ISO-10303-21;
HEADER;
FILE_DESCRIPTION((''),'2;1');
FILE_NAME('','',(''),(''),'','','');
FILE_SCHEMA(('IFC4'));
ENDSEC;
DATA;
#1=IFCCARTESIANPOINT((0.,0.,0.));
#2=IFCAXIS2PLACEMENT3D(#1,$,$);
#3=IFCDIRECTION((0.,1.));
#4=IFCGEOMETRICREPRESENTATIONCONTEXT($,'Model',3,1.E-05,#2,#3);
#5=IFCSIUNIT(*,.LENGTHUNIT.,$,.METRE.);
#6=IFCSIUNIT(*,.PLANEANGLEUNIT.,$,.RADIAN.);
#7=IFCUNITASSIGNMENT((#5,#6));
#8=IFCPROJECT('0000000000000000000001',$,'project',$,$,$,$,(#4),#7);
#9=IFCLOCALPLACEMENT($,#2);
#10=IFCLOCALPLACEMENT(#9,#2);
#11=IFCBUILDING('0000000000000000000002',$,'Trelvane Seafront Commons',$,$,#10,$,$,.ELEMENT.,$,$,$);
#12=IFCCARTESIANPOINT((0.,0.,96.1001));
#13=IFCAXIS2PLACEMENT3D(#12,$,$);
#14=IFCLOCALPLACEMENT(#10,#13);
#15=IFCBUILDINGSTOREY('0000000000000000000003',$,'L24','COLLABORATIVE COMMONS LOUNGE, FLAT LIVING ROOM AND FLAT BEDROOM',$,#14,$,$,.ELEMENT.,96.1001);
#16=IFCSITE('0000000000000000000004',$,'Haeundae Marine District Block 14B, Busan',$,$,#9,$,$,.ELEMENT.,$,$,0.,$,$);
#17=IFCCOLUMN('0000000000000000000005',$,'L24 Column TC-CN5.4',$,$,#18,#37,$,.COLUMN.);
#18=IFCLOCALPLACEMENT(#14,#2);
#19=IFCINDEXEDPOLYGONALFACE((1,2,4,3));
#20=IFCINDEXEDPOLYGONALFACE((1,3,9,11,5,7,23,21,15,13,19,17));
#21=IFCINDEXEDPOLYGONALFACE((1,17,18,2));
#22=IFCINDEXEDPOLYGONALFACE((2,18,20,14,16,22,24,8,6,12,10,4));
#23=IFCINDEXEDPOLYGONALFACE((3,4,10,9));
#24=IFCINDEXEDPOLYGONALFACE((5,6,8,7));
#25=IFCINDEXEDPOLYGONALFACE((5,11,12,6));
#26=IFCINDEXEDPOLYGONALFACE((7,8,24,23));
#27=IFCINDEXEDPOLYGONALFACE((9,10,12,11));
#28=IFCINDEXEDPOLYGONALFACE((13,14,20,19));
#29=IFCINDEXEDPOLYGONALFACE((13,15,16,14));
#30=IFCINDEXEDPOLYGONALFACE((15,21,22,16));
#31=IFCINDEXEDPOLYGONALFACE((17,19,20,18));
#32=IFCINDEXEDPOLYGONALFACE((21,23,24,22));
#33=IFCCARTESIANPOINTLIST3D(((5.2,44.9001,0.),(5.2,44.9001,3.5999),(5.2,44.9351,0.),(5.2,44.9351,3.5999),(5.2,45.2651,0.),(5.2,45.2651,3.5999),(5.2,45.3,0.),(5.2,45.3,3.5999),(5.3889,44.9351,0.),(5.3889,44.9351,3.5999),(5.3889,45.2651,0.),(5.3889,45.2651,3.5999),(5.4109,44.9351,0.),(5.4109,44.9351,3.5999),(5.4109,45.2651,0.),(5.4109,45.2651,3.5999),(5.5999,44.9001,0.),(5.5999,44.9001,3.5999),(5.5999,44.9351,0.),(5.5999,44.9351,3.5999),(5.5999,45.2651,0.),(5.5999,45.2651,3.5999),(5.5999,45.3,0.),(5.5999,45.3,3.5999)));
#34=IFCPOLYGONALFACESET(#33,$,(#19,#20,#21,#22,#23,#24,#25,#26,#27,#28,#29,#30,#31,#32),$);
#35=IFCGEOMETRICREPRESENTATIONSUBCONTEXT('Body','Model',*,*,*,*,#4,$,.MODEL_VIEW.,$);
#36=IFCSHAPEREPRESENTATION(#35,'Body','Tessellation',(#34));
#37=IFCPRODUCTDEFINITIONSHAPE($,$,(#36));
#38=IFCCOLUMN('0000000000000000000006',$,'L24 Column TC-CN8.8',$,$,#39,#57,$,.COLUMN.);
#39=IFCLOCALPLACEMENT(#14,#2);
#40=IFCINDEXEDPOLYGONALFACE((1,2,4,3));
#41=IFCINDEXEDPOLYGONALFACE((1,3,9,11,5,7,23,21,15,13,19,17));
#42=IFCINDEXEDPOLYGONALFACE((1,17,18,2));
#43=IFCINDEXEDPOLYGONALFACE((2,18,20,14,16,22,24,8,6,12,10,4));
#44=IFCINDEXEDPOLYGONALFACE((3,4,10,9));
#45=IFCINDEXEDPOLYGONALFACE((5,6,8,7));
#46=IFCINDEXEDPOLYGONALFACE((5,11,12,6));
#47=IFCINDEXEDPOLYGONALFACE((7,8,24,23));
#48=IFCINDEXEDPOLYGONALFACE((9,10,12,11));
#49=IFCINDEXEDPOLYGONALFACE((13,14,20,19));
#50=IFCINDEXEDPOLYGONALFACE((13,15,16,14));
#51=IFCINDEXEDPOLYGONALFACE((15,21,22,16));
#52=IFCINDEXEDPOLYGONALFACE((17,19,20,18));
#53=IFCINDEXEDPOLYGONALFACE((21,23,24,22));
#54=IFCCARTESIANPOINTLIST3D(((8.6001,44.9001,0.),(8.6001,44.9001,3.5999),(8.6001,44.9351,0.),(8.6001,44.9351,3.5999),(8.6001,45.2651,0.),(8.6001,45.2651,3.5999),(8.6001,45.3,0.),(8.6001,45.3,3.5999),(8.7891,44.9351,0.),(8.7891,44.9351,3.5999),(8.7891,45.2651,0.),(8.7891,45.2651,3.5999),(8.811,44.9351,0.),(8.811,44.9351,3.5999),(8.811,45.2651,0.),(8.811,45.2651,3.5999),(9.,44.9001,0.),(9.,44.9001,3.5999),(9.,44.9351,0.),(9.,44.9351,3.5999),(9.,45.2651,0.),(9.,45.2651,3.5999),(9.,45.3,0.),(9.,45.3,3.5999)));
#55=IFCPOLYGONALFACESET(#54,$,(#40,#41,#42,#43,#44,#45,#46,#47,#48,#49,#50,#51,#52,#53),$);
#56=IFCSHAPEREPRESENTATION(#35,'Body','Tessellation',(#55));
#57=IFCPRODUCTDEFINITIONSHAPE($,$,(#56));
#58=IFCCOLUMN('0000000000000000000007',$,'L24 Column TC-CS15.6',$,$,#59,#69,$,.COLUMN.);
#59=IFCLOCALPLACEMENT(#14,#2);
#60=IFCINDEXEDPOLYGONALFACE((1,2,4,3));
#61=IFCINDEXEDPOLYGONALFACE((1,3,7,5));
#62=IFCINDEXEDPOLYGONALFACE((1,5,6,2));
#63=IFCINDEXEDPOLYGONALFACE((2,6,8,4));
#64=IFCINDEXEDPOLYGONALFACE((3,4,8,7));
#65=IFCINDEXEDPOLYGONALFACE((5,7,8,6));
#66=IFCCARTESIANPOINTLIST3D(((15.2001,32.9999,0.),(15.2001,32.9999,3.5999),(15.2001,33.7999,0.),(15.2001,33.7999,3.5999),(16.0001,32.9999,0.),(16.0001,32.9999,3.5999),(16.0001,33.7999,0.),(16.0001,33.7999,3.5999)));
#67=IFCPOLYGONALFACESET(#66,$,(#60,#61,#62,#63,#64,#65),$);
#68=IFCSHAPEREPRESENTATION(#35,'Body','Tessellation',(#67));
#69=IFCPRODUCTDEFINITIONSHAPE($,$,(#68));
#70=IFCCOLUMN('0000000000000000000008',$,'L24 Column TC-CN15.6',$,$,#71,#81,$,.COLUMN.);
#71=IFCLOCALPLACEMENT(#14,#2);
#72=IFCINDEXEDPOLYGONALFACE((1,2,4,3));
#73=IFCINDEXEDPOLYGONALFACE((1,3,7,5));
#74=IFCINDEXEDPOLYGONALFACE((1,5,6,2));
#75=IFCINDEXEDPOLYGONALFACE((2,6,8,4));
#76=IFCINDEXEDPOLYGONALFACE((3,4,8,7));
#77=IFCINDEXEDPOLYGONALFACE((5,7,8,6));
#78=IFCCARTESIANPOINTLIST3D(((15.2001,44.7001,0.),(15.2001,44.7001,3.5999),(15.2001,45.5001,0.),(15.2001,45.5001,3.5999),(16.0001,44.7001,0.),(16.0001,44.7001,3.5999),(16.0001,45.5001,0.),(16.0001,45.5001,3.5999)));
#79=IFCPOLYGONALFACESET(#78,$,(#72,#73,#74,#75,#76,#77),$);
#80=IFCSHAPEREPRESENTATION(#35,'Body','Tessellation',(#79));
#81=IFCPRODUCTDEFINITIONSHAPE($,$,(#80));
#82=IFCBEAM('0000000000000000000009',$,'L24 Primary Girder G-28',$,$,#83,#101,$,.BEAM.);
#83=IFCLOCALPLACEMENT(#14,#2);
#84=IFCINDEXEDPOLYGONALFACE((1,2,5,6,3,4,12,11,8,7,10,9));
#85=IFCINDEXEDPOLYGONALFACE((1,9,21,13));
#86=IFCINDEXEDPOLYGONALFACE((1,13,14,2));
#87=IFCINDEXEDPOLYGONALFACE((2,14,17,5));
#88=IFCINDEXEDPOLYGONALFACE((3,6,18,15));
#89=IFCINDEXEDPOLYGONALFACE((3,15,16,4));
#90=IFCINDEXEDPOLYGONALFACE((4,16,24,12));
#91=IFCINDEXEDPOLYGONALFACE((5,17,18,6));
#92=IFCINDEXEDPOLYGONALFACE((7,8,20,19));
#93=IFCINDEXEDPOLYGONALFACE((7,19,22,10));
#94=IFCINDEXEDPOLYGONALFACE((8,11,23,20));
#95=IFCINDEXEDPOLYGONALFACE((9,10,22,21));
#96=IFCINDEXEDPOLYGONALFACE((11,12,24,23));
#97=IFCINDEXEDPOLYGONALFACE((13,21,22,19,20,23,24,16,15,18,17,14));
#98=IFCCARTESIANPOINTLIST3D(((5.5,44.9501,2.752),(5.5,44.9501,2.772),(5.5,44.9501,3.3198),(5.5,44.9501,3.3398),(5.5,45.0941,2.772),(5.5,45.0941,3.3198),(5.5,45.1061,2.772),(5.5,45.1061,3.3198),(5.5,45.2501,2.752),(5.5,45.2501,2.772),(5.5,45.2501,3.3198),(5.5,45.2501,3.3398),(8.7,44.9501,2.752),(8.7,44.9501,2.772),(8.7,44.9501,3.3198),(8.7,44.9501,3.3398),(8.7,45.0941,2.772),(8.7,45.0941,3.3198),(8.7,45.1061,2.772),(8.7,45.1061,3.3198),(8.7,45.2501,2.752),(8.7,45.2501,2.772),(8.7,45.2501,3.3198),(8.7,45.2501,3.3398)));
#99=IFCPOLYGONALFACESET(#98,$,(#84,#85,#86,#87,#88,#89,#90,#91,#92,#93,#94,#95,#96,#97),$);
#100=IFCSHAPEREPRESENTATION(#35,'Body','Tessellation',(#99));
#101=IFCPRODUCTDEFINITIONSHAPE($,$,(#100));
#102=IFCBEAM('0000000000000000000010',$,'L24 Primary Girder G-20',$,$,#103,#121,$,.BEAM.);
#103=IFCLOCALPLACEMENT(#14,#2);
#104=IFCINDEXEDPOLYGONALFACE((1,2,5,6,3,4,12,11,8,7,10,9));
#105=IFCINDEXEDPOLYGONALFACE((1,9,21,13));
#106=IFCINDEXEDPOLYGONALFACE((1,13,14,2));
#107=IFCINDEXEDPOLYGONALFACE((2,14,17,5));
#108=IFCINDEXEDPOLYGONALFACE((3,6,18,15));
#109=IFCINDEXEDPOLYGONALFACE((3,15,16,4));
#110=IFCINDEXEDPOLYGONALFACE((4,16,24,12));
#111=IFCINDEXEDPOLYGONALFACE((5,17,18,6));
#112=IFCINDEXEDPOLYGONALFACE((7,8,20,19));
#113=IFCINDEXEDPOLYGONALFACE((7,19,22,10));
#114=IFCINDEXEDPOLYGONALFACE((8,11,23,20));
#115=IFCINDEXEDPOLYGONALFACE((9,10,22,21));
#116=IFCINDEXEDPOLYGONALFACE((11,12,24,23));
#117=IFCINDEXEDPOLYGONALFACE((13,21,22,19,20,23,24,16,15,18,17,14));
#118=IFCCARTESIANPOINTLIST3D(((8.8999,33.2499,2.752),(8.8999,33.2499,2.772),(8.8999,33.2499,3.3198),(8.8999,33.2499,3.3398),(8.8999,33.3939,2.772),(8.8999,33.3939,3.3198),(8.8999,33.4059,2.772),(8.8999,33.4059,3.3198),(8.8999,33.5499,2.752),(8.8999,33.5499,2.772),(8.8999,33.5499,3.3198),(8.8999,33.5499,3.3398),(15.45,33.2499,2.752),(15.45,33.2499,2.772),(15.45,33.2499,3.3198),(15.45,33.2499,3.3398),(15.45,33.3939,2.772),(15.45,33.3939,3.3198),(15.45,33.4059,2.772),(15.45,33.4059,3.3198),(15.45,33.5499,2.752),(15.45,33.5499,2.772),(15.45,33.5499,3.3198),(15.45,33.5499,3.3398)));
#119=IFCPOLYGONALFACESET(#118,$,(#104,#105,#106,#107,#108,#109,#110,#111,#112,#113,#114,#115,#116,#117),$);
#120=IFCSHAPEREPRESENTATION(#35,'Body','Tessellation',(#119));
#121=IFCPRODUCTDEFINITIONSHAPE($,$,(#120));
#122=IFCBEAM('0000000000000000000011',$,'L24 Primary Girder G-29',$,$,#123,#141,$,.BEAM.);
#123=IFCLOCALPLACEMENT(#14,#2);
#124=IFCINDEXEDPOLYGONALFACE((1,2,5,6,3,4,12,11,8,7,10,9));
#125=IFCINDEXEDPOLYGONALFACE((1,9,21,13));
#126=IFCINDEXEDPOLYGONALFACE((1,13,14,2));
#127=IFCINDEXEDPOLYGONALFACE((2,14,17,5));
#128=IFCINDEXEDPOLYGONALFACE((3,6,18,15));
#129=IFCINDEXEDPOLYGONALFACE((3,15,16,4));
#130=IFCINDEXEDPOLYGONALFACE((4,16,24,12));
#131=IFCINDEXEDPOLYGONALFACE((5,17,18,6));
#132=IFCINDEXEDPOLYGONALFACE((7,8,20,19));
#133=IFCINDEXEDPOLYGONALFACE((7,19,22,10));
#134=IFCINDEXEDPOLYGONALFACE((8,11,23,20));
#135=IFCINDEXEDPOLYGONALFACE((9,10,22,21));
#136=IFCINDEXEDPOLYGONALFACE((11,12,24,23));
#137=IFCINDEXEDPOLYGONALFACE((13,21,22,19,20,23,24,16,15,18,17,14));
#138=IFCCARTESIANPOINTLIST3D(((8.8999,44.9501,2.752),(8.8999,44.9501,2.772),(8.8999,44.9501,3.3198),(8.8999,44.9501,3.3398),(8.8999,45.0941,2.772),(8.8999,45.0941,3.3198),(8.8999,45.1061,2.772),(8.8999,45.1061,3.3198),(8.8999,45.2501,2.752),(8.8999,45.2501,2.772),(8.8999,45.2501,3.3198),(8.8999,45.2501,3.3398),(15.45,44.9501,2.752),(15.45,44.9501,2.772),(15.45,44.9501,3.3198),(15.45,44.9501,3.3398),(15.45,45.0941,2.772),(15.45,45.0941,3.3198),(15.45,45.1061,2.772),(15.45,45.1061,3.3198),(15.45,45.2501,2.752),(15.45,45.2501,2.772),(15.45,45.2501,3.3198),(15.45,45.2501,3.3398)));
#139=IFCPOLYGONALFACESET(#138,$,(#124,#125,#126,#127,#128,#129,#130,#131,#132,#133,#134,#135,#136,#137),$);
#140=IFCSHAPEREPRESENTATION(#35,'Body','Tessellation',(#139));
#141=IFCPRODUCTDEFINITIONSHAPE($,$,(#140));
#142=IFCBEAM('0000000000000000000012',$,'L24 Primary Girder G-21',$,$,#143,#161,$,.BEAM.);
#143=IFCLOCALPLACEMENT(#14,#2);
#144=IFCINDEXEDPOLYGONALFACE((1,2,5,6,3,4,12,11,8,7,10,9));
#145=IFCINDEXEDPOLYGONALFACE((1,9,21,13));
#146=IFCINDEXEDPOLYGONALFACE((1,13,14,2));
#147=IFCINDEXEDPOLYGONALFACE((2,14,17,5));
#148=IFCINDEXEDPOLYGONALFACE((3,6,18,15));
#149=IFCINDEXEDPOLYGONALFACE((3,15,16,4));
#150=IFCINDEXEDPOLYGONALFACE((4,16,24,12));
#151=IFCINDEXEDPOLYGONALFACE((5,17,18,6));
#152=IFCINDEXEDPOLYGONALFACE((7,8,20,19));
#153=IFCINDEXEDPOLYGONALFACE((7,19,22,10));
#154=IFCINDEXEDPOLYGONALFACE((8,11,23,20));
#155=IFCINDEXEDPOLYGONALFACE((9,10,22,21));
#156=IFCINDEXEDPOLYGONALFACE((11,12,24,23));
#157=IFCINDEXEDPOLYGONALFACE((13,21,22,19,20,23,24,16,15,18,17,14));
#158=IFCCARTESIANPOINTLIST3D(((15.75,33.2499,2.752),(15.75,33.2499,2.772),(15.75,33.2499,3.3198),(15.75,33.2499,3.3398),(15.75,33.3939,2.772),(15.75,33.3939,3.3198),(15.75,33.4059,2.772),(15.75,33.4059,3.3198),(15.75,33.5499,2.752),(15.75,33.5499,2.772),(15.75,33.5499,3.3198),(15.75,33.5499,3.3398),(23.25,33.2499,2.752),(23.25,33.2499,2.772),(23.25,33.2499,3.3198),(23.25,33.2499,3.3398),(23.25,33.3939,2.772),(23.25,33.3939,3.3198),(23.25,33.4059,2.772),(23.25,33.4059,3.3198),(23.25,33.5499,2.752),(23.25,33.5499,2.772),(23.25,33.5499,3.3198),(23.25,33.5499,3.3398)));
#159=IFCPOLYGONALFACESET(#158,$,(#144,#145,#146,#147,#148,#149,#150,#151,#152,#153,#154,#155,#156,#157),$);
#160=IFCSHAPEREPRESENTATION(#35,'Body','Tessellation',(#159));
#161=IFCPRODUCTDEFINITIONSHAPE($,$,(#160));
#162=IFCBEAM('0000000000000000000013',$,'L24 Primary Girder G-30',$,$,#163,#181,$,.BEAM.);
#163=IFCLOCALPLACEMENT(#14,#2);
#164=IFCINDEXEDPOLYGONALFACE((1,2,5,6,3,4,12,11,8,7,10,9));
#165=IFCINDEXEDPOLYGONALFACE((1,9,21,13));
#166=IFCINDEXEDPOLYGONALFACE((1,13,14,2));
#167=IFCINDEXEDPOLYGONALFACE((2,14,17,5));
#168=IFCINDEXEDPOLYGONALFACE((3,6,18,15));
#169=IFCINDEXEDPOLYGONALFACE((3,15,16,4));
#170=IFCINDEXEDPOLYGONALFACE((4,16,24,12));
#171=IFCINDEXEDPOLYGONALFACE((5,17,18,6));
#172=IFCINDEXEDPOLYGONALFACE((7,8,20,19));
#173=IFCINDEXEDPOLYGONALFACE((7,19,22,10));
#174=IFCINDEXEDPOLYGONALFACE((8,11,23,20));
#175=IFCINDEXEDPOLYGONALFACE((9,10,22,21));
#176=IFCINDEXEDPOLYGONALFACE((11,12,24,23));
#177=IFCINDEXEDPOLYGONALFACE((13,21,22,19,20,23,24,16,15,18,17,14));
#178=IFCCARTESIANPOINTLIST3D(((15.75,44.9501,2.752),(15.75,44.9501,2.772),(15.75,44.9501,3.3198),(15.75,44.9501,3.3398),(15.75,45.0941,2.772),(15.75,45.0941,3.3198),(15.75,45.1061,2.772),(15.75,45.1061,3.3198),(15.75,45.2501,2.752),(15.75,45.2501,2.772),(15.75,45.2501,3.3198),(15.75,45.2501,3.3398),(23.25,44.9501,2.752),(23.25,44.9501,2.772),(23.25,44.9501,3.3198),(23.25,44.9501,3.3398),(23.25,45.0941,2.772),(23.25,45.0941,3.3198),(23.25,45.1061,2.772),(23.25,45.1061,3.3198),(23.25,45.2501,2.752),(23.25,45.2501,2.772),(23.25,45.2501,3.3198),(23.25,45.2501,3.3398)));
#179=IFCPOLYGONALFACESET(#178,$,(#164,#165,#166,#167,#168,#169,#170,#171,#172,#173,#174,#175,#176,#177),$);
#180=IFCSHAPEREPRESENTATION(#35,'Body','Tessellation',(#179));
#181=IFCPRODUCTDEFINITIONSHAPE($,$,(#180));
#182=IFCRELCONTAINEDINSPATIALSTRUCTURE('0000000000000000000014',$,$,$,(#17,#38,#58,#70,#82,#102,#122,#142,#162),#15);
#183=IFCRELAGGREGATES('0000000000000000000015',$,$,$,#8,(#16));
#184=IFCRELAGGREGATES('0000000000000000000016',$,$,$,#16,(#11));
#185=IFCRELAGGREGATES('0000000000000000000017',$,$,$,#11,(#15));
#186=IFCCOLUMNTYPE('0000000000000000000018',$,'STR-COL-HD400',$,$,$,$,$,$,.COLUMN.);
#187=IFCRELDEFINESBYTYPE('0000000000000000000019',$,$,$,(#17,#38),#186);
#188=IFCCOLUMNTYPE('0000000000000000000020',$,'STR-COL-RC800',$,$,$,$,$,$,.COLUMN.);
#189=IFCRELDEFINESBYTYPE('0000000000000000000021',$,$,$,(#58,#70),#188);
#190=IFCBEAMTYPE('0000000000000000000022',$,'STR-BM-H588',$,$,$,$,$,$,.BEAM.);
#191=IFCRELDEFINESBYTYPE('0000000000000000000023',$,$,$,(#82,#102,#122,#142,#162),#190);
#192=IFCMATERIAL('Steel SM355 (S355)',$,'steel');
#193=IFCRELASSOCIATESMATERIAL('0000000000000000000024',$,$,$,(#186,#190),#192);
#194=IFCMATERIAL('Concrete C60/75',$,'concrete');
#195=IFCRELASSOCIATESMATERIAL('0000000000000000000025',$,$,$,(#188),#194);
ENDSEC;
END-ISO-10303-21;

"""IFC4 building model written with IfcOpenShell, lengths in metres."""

from ifc_helpers import new_model, si_unit, direction, frame, origin, origin_2d, place, context, subcontext, project, spatial, rectangle, i_section, extrude, source, transform, mapped, material, material_profile, profile_set, type_object, element, save


model = new_model("IFC4")

# Units and contexts
model_context = context("Model", 3, precision=1e-05, world=origin(), true_north=direction((0.0, 1.0)))
body_context = subcontext(model_context, "Body", "Model", "MODEL_VIEW")
ifc_project = project(units=[si_unit("LENGTHUNIT", "METRE"), si_unit("PLANEANGLEUNIT", "RADIAN")], contexts=[model_context])

# Site, building, storey
site_placement = place(None, origin())
site = spatial("IfcSite", under=ifc_project, at=site_placement, Name="Haeundae Marine District Block 14B, Busan", CompositionType="ELEMENT", RefElevation=0.0)
building_placement = place(site_placement, origin())
building = spatial("IfcBuilding", under=site, at=building_placement, Name="Trelvane Seafront Commons", CompositionType="ELEMENT")
storey_placement = place(building_placement, frame((0.0, 0.0, 96.1001)))
storey = spatial("IfcBuildingStorey", under=building, at=storey_placement, Name="L24", Description="COLLABORATIVE COMMONS LOUNGE, FLAT LIVING ROOM AND FLAT BEDROOM", CompositionType="ELEMENT", Elevation=96.1001)

# Columns
ifc_material_1 = material(Name="Steel SM355 (S355)", Category="steel")
ifc_material_profile_1 = material_profile(ifc_material_1, i_section(OverallWidth=0.3999, OverallDepth=0.3999, WebThickness=0.022, FlangeThickness=0.0349, at=origin_2d()), Name="HD-400x400x22x35")
ifc_profile_set_1 = profile_set([ifc_material_profile_1], Name="Steel SM355 (S355)")
column_type_1 = type_object("IfcColumnType", Name="STR-COL-HD400", PredefinedType="COLUMN", material=ifc_profile_set_1)
shared_shape_1 = source(origin(), body_context, "Body", "SweptSolid", [
    extrude(i_section(OverallWidth=0.3999, OverallDepth=0.3999, WebThickness=0.022, FlangeThickness=0.0349, at=origin_2d()), origin(), (0.0, 0.0, 1.0), 3.5999),
])
for number, where, z_axis, x_axis, name in (
    (1, (5.3999, 45.1001, 0.0), (0.0, 0.0, 1.0), (1.0, 0.0, 0.0), "L24 Column TC-CN5.4"),
    (2, (8.8, 45.1001, 0.0), (0.0, 0.0, 1.0), (1.0, 0.0, 0.0), "L24 Column TC-CN8.8"),
):
    element("IfcColumn", number, at=place(storey_placement, frame(where, z_axis=z_axis, x_axis=x_axis)), inside=storey, type_object=column_type_1, Name=name, PredefinedType="COLUMN", context=body_context, shape_type="MappedRepresentation", body=[
        mapped(shared_shape_1, transform((0.0, 0.0, 0.0), x_axis=(1.0, 0.0, 0.0), y_axis=(0.0, 1.0, 0.0), z_axis=(0.0, 0.0, 1.0), scale=1.0)),
    ])
ifc_material_2 = material(Name="Concrete C60/75", Category="concrete")
ifc_material_profile_2 = material_profile(ifc_material_2, rectangle(XDim=0.8, YDim=0.8, at=origin_2d()), Name="RC-800x800")
ifc_profile_set_2 = profile_set([ifc_material_profile_2], Name="Concrete C60/75")
column_type_2 = type_object("IfcColumnType", Name="STR-COL-RC800", PredefinedType="COLUMN", material=ifc_profile_set_2)
shared_shape_2 = source(origin(), body_context, "Body", "SweptSolid", [
    extrude(rectangle(XDim=0.8, YDim=0.8, at=origin_2d()), origin(), (0.0, 0.0, 1.0), 3.5999),
])
for number, where, z_axis, x_axis, name in (
    (3, (15.6001, 33.3999, 0.0), (0.0, 0.0, 1.0), (1.0, 0.0, 0.0), "L24 Column TC-CS15.6"),
    (4, (15.6001, 45.1001, 0.0), (0.0, 0.0, 1.0), (1.0, 0.0, 0.0), "L24 Column TC-CN15.6"),
):
    element("IfcColumn", number, at=place(storey_placement, frame(where, z_axis=z_axis, x_axis=x_axis)), inside=storey, type_object=column_type_2, Name=name, PredefinedType="COLUMN", context=body_context, shape_type="MappedRepresentation", body=[
        mapped(shared_shape_2, transform((0.0, 0.0, 0.0), x_axis=(1.0, 0.0, 0.0), y_axis=(0.0, 1.0, 0.0), z_axis=(0.0, 0.0, 1.0), scale=1.0)),
    ])

# Beams
ifc_material_profile_3 = material_profile(ifc_material_1, i_section(OverallWidth=0.3, OverallDepth=0.5879, WebThickness=0.012, FlangeThickness=0.02, at=origin_2d()), Name="H-588x300x12x20")
ifc_profile_set_3 = profile_set([ifc_material_profile_3], Name="Steel SM355 (S355)")
beam_type_1 = type_object("IfcBeamType", Name="STR-BM-H588", PredefinedType="BEAM", material=ifc_profile_set_3)
shared_shape_3 = source(origin(), body_context, "Body", "SweptSolid", [
    extrude(i_section(OverallWidth=0.3, OverallDepth=0.5879, WebThickness=0.012, FlangeThickness=0.02, at=origin_2d()), origin(), (0.0, 0.0, 1.0), 3.2),
])
beam_1_placement = place(storey_placement, frame((5.5, 45.1001, 3.0459), z_axis=(1.0, 0.0, 0.0), x_axis=(0.0, 1.0, 0.0)))
element("IfcBeam", 5, at=beam_1_placement, inside=storey, type_object=beam_type_1, Name="L24 Primary Girder G-28", PredefinedType="BEAM", context=body_context, shape_type="MappedRepresentation", body=[
    mapped(shared_shape_3, transform((0.0, 0.0, 0.0), x_axis=(1.0, 0.0, 0.0), y_axis=(0.0, 1.0, 0.0), z_axis=(0.0, 0.0, 1.0), scale=1.0)),
])
shared_shape_4 = source(origin(), body_context, "Body", "SweptSolid", [
    extrude(i_section(OverallWidth=0.3, OverallDepth=0.5879, WebThickness=0.012, FlangeThickness=0.02, at=origin_2d()), origin(), (0.0, 0.0, 1.0), 6.55),
])
for number, where, z_axis, x_axis, name in (
    (6, (8.8999, 33.3999, 3.0459), (1.0, 0.0, 0.0), (0.0, 1.0, 0.0), "L24 Primary Girder G-20"),
    (7, (8.8999, 45.1001, 3.0459), (1.0, 0.0, 0.0), (0.0, 1.0, 0.0), "L24 Primary Girder G-29"),
):
    element("IfcBeam", number, at=place(storey_placement, frame(where, z_axis=z_axis, x_axis=x_axis)), inside=storey, type_object=beam_type_1, Name=name, PredefinedType="BEAM", context=body_context, shape_type="MappedRepresentation", body=[
        mapped(shared_shape_4, transform((0.0, 0.0, 0.0), x_axis=(1.0, 0.0, 0.0), y_axis=(0.0, 1.0, 0.0), z_axis=(0.0, 0.0, 1.0), scale=1.0)),
    ])
shared_shape_5 = source(origin(), body_context, "Body", "SweptSolid", [
    extrude(i_section(OverallWidth=0.3, OverallDepth=0.5879, WebThickness=0.012, FlangeThickness=0.02, at=origin_2d()), origin(), (0.0, 0.0, 1.0), 7.5),
])
for number, where, z_axis, x_axis, name in (
    (8, (15.75, 33.3999, 3.0459), (1.0, 0.0, 0.0), (0.0, 1.0, 0.0), "L24 Primary Girder G-21"),
    (9, (15.75, 45.1001, 3.0459), (1.0, 0.0, 0.0), (0.0, 1.0, 0.0), "L24 Primary Girder G-30"),
):
    element("IfcBeam", number, at=place(storey_placement, frame(where, z_axis=z_axis, x_axis=x_axis)), inside=storey, type_object=beam_type_1, Name=name, PredefinedType="BEAM", context=body_context, shape_type="MappedRepresentation", body=[
        mapped(shared_shape_5, transform((0.0, 0.0, 0.0), x_axis=(1.0, 0.0, 0.0), y_axis=(0.0, 1.0, 0.0), z_axis=(0.0, 0.0, 1.0), scale=1.0)),
    ])

save(model, "model.ifc")
